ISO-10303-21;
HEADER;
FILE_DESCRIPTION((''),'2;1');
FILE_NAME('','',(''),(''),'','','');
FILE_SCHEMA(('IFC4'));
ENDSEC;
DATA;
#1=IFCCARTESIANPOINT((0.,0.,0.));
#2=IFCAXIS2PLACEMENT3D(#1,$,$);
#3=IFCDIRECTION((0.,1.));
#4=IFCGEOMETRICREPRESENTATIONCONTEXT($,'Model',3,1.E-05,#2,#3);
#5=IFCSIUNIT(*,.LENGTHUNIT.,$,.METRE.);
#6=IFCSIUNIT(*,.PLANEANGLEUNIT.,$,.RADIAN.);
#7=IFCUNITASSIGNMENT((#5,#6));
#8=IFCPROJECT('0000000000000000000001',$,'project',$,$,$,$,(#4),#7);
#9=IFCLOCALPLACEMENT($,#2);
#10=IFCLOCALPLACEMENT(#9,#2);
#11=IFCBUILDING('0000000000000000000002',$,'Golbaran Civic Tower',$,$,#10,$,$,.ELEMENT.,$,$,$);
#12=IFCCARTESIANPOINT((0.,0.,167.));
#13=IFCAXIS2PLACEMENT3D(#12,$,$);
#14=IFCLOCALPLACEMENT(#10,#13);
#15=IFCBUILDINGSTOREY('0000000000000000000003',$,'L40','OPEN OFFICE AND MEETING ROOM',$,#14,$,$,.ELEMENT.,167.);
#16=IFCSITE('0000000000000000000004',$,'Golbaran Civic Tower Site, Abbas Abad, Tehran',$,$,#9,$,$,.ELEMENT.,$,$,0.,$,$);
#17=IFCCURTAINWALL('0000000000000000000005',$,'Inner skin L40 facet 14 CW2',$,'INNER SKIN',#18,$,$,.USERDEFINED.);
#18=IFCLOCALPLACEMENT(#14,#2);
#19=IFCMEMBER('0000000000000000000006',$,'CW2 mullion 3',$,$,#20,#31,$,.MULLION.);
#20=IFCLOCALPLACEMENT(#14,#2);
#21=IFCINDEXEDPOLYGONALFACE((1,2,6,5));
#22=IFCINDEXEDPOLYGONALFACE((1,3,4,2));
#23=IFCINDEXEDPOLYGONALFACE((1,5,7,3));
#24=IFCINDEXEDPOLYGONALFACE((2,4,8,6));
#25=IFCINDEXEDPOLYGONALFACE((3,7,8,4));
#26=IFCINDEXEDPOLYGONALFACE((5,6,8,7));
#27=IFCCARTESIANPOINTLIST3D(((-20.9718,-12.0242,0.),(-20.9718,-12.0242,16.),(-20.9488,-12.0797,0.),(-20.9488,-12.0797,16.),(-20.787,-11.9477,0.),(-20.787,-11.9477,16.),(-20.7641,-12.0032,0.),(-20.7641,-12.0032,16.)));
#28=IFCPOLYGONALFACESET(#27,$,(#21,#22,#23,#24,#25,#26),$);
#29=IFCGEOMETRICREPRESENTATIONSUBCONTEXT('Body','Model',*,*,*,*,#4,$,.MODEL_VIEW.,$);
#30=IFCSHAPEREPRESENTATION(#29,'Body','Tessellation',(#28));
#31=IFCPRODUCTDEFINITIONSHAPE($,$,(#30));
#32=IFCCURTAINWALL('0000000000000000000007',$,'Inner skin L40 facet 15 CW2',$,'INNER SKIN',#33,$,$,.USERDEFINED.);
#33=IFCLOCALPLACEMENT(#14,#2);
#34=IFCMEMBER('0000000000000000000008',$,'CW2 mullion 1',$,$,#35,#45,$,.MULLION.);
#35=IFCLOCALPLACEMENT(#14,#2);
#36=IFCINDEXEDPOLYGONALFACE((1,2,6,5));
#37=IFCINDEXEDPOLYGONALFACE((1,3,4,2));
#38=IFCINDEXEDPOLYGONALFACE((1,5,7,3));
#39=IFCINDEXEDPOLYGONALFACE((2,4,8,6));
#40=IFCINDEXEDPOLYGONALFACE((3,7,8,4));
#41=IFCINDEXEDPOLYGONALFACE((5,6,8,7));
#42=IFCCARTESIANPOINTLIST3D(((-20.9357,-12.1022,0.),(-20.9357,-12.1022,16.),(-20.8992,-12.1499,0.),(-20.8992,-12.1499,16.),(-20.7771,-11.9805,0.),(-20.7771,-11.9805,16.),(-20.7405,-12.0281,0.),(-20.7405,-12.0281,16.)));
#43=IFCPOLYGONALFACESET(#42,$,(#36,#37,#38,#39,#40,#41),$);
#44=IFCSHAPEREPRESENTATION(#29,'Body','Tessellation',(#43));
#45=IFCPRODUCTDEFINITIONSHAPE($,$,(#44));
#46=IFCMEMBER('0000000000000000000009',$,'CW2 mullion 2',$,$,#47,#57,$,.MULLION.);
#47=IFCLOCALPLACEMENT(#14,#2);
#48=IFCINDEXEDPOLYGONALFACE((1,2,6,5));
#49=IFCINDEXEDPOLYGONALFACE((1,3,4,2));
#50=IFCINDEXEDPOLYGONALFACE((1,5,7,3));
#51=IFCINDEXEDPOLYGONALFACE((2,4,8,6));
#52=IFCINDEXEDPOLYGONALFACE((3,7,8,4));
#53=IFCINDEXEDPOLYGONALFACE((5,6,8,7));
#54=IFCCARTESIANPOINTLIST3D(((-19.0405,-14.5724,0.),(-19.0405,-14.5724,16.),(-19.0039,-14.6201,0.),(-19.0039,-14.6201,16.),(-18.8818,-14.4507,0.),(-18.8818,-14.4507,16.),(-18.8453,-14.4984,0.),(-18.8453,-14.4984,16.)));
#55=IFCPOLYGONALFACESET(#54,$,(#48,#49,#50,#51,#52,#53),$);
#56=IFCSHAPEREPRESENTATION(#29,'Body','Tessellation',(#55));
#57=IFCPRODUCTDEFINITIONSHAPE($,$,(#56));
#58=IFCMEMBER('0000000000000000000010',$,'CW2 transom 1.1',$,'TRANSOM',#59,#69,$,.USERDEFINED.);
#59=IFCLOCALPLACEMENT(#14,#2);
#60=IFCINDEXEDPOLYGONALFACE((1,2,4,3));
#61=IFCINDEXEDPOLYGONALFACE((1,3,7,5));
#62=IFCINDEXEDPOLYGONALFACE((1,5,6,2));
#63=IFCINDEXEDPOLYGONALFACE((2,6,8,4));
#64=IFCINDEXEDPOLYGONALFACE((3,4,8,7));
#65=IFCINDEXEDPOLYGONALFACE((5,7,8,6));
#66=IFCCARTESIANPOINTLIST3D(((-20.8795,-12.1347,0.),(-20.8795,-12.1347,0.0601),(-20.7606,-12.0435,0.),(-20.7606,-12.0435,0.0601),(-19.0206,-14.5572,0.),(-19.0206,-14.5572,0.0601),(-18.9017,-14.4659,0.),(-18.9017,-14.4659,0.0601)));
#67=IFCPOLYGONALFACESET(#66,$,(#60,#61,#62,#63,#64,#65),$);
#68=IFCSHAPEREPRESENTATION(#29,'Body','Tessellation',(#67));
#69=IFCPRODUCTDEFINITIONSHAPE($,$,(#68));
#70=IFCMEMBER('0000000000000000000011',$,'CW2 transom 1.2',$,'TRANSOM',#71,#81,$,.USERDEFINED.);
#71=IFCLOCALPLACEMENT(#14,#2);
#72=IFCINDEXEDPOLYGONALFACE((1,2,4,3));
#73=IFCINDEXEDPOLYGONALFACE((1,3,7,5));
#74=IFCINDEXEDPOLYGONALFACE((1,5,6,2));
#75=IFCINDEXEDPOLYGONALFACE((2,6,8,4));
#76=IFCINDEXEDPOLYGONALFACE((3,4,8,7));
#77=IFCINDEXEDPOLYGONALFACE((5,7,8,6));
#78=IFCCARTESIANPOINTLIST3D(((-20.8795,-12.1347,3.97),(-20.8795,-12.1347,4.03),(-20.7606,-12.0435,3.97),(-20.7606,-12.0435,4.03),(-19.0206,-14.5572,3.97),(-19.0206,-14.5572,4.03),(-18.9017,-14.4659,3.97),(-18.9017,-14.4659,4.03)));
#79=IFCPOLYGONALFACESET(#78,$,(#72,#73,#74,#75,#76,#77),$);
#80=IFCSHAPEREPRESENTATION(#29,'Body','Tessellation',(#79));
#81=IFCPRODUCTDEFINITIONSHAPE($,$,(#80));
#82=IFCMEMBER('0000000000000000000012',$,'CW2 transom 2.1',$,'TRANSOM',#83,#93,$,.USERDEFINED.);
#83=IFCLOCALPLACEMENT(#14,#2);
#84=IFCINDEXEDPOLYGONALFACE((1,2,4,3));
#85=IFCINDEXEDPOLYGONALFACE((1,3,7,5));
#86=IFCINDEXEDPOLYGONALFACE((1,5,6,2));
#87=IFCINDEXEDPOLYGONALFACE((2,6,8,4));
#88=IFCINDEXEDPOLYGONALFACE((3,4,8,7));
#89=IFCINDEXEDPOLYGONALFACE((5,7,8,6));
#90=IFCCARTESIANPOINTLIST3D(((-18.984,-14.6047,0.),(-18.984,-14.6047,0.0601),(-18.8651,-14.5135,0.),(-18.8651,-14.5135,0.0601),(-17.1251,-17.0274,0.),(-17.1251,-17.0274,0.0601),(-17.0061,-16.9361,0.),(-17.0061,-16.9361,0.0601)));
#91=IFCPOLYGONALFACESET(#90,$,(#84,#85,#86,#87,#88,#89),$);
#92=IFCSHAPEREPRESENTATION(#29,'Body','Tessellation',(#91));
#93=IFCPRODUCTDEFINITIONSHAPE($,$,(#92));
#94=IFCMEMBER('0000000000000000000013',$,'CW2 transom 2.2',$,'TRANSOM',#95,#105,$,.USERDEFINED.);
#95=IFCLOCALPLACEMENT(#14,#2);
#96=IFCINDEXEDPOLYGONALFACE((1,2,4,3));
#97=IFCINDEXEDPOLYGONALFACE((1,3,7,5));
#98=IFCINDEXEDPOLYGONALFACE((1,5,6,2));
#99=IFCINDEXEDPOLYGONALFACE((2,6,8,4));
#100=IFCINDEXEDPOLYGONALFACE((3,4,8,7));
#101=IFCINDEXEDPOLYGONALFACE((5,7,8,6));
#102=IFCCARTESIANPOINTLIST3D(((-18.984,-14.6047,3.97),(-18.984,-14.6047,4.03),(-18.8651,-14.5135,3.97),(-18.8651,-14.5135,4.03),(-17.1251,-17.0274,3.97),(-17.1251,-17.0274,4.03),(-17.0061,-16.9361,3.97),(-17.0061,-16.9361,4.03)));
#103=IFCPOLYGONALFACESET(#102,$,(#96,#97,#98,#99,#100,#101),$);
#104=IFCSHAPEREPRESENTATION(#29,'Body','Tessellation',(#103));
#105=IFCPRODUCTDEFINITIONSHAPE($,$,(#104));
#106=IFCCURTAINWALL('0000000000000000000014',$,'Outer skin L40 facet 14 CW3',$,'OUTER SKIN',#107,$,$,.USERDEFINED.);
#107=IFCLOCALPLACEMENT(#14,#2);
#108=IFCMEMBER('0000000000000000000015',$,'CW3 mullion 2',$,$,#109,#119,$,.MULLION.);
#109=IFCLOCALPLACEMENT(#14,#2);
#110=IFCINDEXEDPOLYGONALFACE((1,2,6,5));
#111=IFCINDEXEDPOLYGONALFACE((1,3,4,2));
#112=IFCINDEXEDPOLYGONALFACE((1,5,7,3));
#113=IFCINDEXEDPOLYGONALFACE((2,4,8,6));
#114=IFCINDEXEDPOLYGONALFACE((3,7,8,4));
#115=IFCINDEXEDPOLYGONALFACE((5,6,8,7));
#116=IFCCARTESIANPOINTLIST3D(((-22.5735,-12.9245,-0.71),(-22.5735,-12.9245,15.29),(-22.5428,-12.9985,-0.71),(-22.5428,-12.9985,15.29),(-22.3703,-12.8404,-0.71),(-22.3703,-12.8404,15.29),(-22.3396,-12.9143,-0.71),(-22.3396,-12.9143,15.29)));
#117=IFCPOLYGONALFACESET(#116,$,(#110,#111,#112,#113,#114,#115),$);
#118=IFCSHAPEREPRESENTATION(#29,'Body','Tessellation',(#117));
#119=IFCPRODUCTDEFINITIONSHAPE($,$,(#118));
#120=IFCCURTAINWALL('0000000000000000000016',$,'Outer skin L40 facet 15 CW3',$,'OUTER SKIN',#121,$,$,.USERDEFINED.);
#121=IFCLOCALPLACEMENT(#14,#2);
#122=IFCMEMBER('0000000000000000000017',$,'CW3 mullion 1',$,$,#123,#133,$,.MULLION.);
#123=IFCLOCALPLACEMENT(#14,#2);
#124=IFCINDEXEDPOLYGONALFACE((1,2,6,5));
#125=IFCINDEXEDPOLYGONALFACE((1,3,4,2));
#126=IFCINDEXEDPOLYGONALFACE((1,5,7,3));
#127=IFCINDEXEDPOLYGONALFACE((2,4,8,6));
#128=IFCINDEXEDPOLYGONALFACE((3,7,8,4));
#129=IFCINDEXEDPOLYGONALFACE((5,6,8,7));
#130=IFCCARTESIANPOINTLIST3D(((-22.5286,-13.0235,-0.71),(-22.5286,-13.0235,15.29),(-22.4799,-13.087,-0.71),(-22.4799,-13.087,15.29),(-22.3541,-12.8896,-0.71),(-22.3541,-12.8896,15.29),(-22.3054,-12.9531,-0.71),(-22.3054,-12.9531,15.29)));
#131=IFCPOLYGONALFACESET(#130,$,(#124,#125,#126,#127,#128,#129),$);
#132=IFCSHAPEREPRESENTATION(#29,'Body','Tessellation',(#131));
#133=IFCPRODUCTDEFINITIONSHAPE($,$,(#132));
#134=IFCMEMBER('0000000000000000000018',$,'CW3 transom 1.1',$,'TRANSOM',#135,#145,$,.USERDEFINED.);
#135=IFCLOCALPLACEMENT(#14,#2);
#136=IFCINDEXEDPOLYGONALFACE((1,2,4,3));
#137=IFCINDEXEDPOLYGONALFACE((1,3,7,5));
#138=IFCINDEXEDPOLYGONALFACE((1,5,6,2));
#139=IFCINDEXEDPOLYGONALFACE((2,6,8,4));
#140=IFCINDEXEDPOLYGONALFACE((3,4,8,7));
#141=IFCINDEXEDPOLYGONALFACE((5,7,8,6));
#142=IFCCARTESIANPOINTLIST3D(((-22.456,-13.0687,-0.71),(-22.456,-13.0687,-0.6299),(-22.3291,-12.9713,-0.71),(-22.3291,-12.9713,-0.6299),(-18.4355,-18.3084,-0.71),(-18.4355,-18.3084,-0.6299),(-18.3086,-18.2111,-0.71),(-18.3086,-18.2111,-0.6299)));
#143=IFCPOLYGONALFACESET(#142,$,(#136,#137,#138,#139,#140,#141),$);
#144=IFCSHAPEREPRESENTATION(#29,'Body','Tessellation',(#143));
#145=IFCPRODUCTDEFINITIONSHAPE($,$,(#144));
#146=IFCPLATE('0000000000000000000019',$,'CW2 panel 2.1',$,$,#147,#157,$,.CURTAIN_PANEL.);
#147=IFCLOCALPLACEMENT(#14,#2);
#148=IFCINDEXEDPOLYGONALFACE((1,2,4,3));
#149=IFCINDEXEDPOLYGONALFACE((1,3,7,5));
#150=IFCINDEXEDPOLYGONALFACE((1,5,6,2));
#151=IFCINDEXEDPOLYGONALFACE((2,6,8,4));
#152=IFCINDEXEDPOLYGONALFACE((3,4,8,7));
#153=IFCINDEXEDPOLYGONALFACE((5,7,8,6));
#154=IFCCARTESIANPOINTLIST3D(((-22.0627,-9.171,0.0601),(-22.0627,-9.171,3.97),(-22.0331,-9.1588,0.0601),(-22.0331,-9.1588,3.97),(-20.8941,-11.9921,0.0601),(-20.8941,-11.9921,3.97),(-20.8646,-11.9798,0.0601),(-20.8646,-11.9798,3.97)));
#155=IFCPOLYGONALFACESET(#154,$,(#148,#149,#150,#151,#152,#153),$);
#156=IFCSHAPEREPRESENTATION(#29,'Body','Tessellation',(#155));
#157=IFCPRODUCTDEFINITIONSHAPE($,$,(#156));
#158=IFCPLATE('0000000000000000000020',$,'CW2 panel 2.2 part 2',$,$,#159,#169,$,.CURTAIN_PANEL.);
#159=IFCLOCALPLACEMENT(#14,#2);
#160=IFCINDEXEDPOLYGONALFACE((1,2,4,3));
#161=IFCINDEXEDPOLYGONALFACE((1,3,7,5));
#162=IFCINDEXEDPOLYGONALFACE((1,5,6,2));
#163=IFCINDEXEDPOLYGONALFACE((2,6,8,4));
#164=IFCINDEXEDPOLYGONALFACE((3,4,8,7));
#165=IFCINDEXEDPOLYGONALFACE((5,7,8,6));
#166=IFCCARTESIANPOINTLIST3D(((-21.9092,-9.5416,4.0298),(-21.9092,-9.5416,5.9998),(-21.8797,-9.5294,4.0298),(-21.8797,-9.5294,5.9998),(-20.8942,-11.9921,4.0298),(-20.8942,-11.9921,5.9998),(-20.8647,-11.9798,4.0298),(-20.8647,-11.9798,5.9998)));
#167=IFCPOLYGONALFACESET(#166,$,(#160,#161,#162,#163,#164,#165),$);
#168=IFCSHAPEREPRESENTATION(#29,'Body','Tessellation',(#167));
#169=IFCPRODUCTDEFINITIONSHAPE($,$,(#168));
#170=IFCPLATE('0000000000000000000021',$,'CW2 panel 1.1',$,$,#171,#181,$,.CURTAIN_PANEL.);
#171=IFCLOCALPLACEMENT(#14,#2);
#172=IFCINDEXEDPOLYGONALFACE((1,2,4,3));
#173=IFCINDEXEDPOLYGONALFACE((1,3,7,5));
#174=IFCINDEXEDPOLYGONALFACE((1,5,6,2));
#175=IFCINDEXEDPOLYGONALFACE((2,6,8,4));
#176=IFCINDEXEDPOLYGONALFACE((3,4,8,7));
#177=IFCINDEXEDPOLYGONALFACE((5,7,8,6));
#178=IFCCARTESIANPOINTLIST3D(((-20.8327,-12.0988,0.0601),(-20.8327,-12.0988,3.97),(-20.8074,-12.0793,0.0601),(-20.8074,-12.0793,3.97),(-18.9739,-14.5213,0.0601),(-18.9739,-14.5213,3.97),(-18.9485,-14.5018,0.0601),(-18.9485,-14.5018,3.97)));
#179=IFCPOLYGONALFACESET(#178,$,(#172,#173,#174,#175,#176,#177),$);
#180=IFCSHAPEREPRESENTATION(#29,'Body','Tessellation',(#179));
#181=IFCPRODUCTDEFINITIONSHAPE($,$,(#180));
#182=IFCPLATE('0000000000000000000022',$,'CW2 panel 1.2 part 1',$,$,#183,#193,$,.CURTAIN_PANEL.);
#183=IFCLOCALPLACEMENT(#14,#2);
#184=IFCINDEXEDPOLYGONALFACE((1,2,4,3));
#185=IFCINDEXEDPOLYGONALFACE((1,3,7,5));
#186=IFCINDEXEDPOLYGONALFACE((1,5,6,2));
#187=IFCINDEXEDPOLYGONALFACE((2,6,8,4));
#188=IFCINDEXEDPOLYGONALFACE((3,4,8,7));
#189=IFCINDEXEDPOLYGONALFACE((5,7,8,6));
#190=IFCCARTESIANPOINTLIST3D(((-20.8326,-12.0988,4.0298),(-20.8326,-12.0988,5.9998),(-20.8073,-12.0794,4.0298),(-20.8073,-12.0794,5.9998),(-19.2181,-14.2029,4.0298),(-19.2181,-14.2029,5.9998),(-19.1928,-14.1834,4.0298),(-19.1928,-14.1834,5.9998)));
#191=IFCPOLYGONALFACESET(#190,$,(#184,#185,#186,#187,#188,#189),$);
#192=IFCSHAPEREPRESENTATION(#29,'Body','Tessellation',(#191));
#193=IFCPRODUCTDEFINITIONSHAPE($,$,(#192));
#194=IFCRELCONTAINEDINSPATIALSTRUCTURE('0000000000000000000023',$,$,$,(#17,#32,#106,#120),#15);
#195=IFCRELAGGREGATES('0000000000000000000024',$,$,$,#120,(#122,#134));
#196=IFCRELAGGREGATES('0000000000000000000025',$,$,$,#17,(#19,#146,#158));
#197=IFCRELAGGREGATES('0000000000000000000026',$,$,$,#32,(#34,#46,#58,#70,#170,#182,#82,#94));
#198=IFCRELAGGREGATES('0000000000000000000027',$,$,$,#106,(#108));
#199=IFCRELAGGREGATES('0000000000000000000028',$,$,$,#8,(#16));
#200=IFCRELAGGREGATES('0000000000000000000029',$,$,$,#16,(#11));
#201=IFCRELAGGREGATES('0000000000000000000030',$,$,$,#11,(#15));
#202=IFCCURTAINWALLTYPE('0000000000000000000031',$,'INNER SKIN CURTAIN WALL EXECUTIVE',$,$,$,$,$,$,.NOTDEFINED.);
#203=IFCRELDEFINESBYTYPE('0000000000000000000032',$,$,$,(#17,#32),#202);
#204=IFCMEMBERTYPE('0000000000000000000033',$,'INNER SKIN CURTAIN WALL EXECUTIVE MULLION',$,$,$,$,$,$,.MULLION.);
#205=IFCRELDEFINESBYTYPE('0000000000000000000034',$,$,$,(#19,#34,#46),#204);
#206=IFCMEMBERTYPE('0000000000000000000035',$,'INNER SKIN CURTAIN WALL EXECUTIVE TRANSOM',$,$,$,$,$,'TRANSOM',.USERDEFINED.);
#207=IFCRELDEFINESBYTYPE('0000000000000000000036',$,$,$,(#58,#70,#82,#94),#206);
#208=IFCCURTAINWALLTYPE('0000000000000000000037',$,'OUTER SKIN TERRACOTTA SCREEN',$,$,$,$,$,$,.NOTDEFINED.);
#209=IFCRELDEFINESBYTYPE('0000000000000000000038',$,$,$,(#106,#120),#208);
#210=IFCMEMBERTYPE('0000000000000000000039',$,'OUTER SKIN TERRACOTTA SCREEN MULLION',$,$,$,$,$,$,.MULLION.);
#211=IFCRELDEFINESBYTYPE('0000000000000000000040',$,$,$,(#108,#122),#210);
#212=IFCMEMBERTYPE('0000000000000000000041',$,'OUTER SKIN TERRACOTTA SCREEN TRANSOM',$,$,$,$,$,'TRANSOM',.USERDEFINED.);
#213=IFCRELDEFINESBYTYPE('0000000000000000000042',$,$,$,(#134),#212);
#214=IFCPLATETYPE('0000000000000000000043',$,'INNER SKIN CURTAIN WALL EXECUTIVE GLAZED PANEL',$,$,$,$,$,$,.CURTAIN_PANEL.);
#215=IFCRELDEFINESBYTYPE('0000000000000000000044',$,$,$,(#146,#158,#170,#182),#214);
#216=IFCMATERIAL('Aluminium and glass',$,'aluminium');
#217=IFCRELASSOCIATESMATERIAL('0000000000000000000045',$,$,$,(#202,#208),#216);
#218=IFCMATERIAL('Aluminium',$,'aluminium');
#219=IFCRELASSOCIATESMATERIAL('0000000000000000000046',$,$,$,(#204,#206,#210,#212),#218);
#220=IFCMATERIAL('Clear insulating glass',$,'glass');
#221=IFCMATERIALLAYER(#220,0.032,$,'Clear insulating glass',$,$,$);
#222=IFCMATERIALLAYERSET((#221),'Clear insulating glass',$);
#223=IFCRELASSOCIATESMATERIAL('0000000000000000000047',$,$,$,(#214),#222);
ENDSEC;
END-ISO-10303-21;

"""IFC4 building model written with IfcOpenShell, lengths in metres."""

from ifc_helpers import new_model, si_unit, direction, frame, origin, origin_2d, place, context, subcontext, project, spatial, rectangle, extrude, material, layer, layer_set, material_profile, profile_set, type_object, element, aggregate, save


model = new_model("IFC4")

# Units and contexts
model_context = context("Model", 3, precision=1e-05, world=origin(), true_north=direction((0.0, 1.0)))
body_context = subcontext(model_context, "Body", "Model", "MODEL_VIEW")
ifc_project = project(units=[si_unit("LENGTHUNIT", "METRE"), si_unit("PLANEANGLEUNIT", "RADIAN")], contexts=[model_context])

# Site, building, storey
site_placement = place(None, origin())
site = spatial("IfcSite", under=ifc_project, at=site_placement, Name="Golbaran Civic Tower Site, Abbas Abad, Tehran", CompositionType="ELEMENT", RefElevation=0.0)
building_placement = place(site_placement, origin())
building = spatial("IfcBuilding", under=site, at=building_placement, Name="Golbaran Civic Tower", CompositionType="ELEMENT")
storey_placement = place(building_placement, frame((0.0, 0.0, 167.0)))
storey = spatial("IfcBuildingStorey", under=building, at=storey_placement, Name="L40", Description="OPEN OFFICE AND MEETING ROOM", CompositionType="ELEMENT", Elevation=167.0)

# Curtain wall, member
ifc_material_1 = material(Name="Aluminium and glass", Category="aluminium")
curtain_wall_type_1 = type_object("IfcCurtainWallType", Name="INNER SKIN CURTAIN WALL EXECUTIVE", PredefinedType="NOTDEFINED", material=ifc_material_1)
curtain_wall_1_placement = place(storey_placement, origin())
curtain_wall_1 = element("IfcCurtainWall", 1, at=curtain_wall_1_placement, inside=storey, type_object=curtain_wall_type_1, Name="Inner skin L40 facet 14 CW2", ObjectType="INNER SKIN", PredefinedType="USERDEFINED")
ifc_material_2 = material(Name="Aluminium", Category="aluminium")
ifc_material_profile_1 = material_profile(ifc_material_2, rectangle(XDim=0.2, YDim=0.0601, at=origin_2d()), Name="INNER SKIN CURTAIN WALL EXECUTIVE MULLION")
ifc_profile_set_1 = profile_set([ifc_material_profile_1], Name="Aluminium")
member_type_1 = type_object("IfcMemberType", Name="INNER SKIN CURTAIN WALL EXECUTIVE MULLION", PredefinedType="MULLION", material=ifc_profile_set_1)
member_1_placement = place(storey_placement, frame((-20.8679, -12.0137, 0.0), z_axis=(0.0, 0.0, 1.0), x_axis=(0.92388, 0.382683, 0.0)))
member_1 = element("IfcMember", 2, at=member_1_placement, type_object=member_type_1, Name="CW2 mullion 3", PredefinedType="MULLION", context=body_context, shape_type="SweptSolid", body=[
    extrude(rectangle(XDim=0.2, YDim=0.0601, at=origin_2d()), origin(), (0.0, 0.0, 1.0), 16.0),
])

# Curtain wall, members
curtain_wall_2_placement = place(storey_placement, origin())
curtain_wall_2 = element("IfcCurtainWall", 3, at=curtain_wall_2_placement, inside=storey, type_object=curtain_wall_type_1, Name="Inner skin L40 facet 15 CW2", ObjectType="INNER SKIN", PredefinedType="USERDEFINED")
member_2_placement = place(storey_placement, frame((-20.8381, -12.0652, 0.0), z_axis=(0.0, 0.0, 1.0), x_axis=(0.793353, 0.608761, 0.0)))
member_2 = element("IfcMember", 4, at=member_2_placement, type_object=member_type_1, Name="CW2 mullion 1", PredefinedType="MULLION", context=body_context, shape_type="SweptSolid", body=[
    extrude(rectangle(XDim=0.2, YDim=0.0601, at=origin_2d()), origin(), (0.0, 0.0, 1.0), 16.0),
])
member_3_placement = place(storey_placement, frame((-18.9429, -14.5354, 0.0), z_axis=(0.0, 0.0, 1.0), x_axis=(0.793353, 0.608761, 0.0)))
member_3 = element("IfcMember", 5, at=member_3_placement, type_object=member_type_1, Name="CW2 mullion 2", PredefinedType="MULLION", context=body_context, shape_type="SweptSolid", body=[
    extrude(rectangle(XDim=0.2, YDim=0.0601, at=origin_2d()), origin(), (0.0, 0.0, 1.0), 16.0),
])
ifc_material_profile_2 = material_profile(ifc_material_2, rectangle(XDim=0.1499, YDim=0.0601, at=origin_2d()), Name="INNER SKIN CURTAIN WALL EXECUTIVE TRANSOM")
ifc_profile_set_2 = profile_set([ifc_material_profile_2], Name="Aluminium")
member_type_2 = type_object("IfcMemberType", Name="INNER SKIN CURTAIN WALL EXECUTIVE TRANSOM", ElementType="TRANSOM", PredefinedType="USERDEFINED", material=ifc_profile_set_2)
member_4_placement = place(storey_placement, frame((-20.8201, -12.0891, 0.03), z_axis=(0.608791, -0.793331, 0.0), x_axis=(0.793331, 0.608791, 0.0)))
member_4 = element("IfcMember", 6, at=member_4_placement, type_object=member_type_2, Name="CW2 transom 1.1", ObjectType="TRANSOM", PredefinedType="USERDEFINED", context=body_context, shape_type="SweptSolid", body=[
    extrude(rectangle(XDim=0.1499, YDim=0.0601, at=origin_2d()), origin(), (0.0, 0.0, 1.0), 3.0535),
])
member_5_placement = place(storey_placement, frame((-20.8201, -12.0891, 4.0), z_axis=(0.608791, -0.793331, 0.0), x_axis=(0.793331, 0.608791, 0.0)))
member_5 = element("IfcMember", 7, at=member_5_placement, type_object=member_type_2, Name="CW2 transom 1.2", ObjectType="TRANSOM", PredefinedType="USERDEFINED", context=body_context, shape_type="SweptSolid", body=[
    extrude(rectangle(XDim=0.1499, YDim=0.0601, at=origin_2d()), origin(), (0.0, 0.0, 1.0), 3.0535),
])
member_6_placement = place(storey_placement, frame((-18.9246, -14.5591, 0.03), z_axis=(0.608752, -0.793361, 0.0), x_axis=(0.793361, 0.608752, 0.0)))
member_6 = element("IfcMember", 8, at=member_6_placement, type_object=member_type_2, Name="CW2 transom 2.1", ObjectType="TRANSOM", PredefinedType="USERDEFINED", context=body_context, shape_type="SweptSolid", body=[
    extrude(rectangle(XDim=0.1499, YDim=0.0601, at=origin_2d()), origin(), (0.0, 0.0, 1.0), 3.0537),
])
member_7_placement = place(storey_placement, frame((-18.9246, -14.5591, 4.0), z_axis=(0.608752, -0.793361, 0.0), x_axis=(0.793361, 0.608752, 0.0)))
member_7 = element("IfcMember", 9, at=member_7_placement, type_object=member_type_2, Name="CW2 transom 2.2", ObjectType="TRANSOM", PredefinedType="USERDEFINED", context=body_context, shape_type="SweptSolid", body=[
    extrude(rectangle(XDim=0.1499, YDim=0.0601, at=origin_2d()), origin(), (0.0, 0.0, 1.0), 3.0537),
])

# Curtain wall, member
curtain_wall_type_2 = type_object("IfcCurtainWallType", Name="OUTER SKIN TERRACOTTA SCREEN", PredefinedType="NOTDEFINED", material=ifc_material_1)
curtain_wall_3_placement = place(storey_placement, origin())
curtain_wall_3 = element("IfcCurtainWall", 10, at=curtain_wall_3_placement, inside=storey, type_object=curtain_wall_type_2, Name="Outer skin L40 facet 14 CW3", ObjectType="OUTER SKIN", PredefinedType="USERDEFINED")
ifc_material_profile_3 = material_profile(ifc_material_2, rectangle(XDim=0.22, YDim=0.0801, at=origin_2d()), Name="OUTER SKIN TERRACOTTA SCREEN MULLION")
ifc_profile_set_3 = profile_set([ifc_material_profile_3], Name="Aluminium")
member_type_3 = type_object("IfcMemberType", Name="OUTER SKIN TERRACOTTA SCREEN MULLION", PredefinedType="MULLION", material=ifc_profile_set_3)
member_8_placement = place(storey_placement, frame((-22.4565, -12.9194, -0.71), z_axis=(0.0, 0.0, 1.0), x_axis=(0.92388, 0.382683, 0.0)))
member_8 = element("IfcMember", 11, at=member_8_placement, type_object=member_type_3, Name="CW3 mullion 2", PredefinedType="MULLION", context=body_context, shape_type="SweptSolid", body=[
    extrude(rectangle(XDim=0.22, YDim=0.0801, at=origin_2d()), origin(), (0.0, 0.0, 1.0), 16.0),
])

# Curtain wall, members
curtain_wall_4_placement = place(storey_placement, origin())
curtain_wall_4 = element("IfcCurtainWall", 12, at=curtain_wall_4_placement, inside=storey, type_object=curtain_wall_type_2, Name="Outer skin L40 facet 15 CW3", ObjectType="OUTER SKIN", PredefinedType="USERDEFINED")
member_9_placement = place(storey_placement, frame((-22.417, -12.9883, -0.71), z_axis=(0.0, 0.0, 1.0), x_axis=(0.793353, 0.608761, 0.0)))
member_9 = element("IfcMember", 13, at=member_9_placement, type_object=member_type_3, Name="CW3 mullion 1", PredefinedType="MULLION", context=body_context, shape_type="SweptSolid", body=[
    extrude(rectangle(XDim=0.22, YDim=0.0801, at=origin_2d()), origin(), (0.0, 0.0, 1.0), 16.0),
])
ifc_material_profile_4 = material_profile(ifc_material_2, rectangle(XDim=0.1599, YDim=0.0801, at=origin_2d()), Name="OUTER SKIN TERRACOTTA SCREEN TRANSOM")
ifc_profile_set_4 = profile_set([ifc_material_profile_4], Name="Aluminium")
member_type_4 = type_object("IfcMemberType", Name="OUTER SKIN TERRACOTTA SCREEN TRANSOM", ElementType="TRANSOM", PredefinedType="USERDEFINED", material=ifc_profile_set_4)
member_10_placement = place(storey_placement, frame((-22.3926, -13.02, -0.6699), z_axis=(0.608753, -0.79336, 0.0), x_axis=(0.79336, 0.608753, 0.0)))
member_10 = element("IfcMember", 14, at=member_10_placement, type_object=member_type_4, Name="CW3 transom 1.1", ObjectType="TRANSOM", PredefinedType="USERDEFINED", context=body_context, shape_type="SweptSolid", body=[
    extrude(rectangle(XDim=0.1599, YDim=0.0801, at=origin_2d()), origin(), (0.0, 0.0, 1.0), 6.6045),
])
aggregate(curtain_wall_4, [member_9, member_10])

# Plates
ifc_material_3 = material(Name="Clear insulating glass", Category="glass")
ifc_layer_1 = layer(ifc_material_3, 0.032, Name="Clear insulating glass")
ifc_layer_set_1 = layer_set([ifc_layer_1], Name="Clear insulating glass")
plate_type_1 = type_object("IfcPlateType", Name="INNER SKIN CURTAIN WALL EXECUTIVE GLAZED PANEL", PredefinedType="CURTAIN_PANEL", material=ifc_layer_set_1)
plate_1_placement = place(storey_placement, frame((-21.4636, -10.5754, 0.0601), z_axis=(0.0, 0.0, 1.0), x_axis=(0.382683, -0.92388, 0.0)))
plate_1 = element("IfcPlate", 15, at=plate_1_placement, type_object=plate_type_1, Name="CW2 panel 2.1", PredefinedType="CURTAIN_PANEL", context=body_context, shape_type="SweptSolid", body=[
    extrude(rectangle(XDim=3.0535, YDim=0.032, at=origin_2d()), origin(), (0.0, 0.0, 1.0), 3.9099),
])
plate_2_placement = place(storey_placement, frame((-21.387, -10.7607, 4.0298), z_axis=(0.0, 0.0, 1.0), x_axis=(0.382683, -0.92388, 0.0)))
plate_2 = element("IfcPlate", 16, at=plate_2_placement, type_object=plate_type_1, Name="CW2 panel 2.2 part 2", PredefinedType="CURTAIN_PANEL", context=body_context, shape_type="SweptSolid", body=[
    extrude(rectangle(XDim=2.6523, YDim=0.032, at=origin_2d()), origin(), (0.0, 0.0, 1.0), 1.97),
])
aggregate(curtain_wall_1, [member_1, plate_1, plate_2])
plate_3_placement = place(storey_placement, frame((-19.8906, -13.3003, 0.0601), z_axis=(0.0, 0.0, 1.0), x_axis=(0.608761, -0.793353, 0.0)))
plate_3 = element("IfcPlate", 17, at=plate_3_placement, type_object=plate_type_1, Name="CW2 panel 1.1", PredefinedType="CURTAIN_PANEL", context=body_context, shape_type="SweptSolid", body=[
    extrude(rectangle(XDim=3.0535, YDim=0.032, at=origin_2d()), origin(), (0.0, 0.0, 1.0), 3.9099),
])
plate_4_placement = place(storey_placement, frame((-20.0127, -13.1411, 4.0298), z_axis=(0.0, 0.0, 1.0), x_axis=(0.608761, -0.793353, 0.0)))
plate_4 = element("IfcPlate", 18, at=plate_4_placement, type_object=plate_type_1, Name="CW2 panel 1.2 part 1", PredefinedType="CURTAIN_PANEL", context=body_context, shape_type="SweptSolid", body=[
    extrude(rectangle(XDim=2.6521, YDim=0.032, at=origin_2d()), origin(), (0.0, 0.0, 1.0), 1.97),
])
aggregate(curtain_wall_2, [member_2, member_3, member_4, member_5, plate_3, plate_4, member_6, member_7])
aggregate(curtain_wall_3, [member_8])

save(model, "model.ifc")
